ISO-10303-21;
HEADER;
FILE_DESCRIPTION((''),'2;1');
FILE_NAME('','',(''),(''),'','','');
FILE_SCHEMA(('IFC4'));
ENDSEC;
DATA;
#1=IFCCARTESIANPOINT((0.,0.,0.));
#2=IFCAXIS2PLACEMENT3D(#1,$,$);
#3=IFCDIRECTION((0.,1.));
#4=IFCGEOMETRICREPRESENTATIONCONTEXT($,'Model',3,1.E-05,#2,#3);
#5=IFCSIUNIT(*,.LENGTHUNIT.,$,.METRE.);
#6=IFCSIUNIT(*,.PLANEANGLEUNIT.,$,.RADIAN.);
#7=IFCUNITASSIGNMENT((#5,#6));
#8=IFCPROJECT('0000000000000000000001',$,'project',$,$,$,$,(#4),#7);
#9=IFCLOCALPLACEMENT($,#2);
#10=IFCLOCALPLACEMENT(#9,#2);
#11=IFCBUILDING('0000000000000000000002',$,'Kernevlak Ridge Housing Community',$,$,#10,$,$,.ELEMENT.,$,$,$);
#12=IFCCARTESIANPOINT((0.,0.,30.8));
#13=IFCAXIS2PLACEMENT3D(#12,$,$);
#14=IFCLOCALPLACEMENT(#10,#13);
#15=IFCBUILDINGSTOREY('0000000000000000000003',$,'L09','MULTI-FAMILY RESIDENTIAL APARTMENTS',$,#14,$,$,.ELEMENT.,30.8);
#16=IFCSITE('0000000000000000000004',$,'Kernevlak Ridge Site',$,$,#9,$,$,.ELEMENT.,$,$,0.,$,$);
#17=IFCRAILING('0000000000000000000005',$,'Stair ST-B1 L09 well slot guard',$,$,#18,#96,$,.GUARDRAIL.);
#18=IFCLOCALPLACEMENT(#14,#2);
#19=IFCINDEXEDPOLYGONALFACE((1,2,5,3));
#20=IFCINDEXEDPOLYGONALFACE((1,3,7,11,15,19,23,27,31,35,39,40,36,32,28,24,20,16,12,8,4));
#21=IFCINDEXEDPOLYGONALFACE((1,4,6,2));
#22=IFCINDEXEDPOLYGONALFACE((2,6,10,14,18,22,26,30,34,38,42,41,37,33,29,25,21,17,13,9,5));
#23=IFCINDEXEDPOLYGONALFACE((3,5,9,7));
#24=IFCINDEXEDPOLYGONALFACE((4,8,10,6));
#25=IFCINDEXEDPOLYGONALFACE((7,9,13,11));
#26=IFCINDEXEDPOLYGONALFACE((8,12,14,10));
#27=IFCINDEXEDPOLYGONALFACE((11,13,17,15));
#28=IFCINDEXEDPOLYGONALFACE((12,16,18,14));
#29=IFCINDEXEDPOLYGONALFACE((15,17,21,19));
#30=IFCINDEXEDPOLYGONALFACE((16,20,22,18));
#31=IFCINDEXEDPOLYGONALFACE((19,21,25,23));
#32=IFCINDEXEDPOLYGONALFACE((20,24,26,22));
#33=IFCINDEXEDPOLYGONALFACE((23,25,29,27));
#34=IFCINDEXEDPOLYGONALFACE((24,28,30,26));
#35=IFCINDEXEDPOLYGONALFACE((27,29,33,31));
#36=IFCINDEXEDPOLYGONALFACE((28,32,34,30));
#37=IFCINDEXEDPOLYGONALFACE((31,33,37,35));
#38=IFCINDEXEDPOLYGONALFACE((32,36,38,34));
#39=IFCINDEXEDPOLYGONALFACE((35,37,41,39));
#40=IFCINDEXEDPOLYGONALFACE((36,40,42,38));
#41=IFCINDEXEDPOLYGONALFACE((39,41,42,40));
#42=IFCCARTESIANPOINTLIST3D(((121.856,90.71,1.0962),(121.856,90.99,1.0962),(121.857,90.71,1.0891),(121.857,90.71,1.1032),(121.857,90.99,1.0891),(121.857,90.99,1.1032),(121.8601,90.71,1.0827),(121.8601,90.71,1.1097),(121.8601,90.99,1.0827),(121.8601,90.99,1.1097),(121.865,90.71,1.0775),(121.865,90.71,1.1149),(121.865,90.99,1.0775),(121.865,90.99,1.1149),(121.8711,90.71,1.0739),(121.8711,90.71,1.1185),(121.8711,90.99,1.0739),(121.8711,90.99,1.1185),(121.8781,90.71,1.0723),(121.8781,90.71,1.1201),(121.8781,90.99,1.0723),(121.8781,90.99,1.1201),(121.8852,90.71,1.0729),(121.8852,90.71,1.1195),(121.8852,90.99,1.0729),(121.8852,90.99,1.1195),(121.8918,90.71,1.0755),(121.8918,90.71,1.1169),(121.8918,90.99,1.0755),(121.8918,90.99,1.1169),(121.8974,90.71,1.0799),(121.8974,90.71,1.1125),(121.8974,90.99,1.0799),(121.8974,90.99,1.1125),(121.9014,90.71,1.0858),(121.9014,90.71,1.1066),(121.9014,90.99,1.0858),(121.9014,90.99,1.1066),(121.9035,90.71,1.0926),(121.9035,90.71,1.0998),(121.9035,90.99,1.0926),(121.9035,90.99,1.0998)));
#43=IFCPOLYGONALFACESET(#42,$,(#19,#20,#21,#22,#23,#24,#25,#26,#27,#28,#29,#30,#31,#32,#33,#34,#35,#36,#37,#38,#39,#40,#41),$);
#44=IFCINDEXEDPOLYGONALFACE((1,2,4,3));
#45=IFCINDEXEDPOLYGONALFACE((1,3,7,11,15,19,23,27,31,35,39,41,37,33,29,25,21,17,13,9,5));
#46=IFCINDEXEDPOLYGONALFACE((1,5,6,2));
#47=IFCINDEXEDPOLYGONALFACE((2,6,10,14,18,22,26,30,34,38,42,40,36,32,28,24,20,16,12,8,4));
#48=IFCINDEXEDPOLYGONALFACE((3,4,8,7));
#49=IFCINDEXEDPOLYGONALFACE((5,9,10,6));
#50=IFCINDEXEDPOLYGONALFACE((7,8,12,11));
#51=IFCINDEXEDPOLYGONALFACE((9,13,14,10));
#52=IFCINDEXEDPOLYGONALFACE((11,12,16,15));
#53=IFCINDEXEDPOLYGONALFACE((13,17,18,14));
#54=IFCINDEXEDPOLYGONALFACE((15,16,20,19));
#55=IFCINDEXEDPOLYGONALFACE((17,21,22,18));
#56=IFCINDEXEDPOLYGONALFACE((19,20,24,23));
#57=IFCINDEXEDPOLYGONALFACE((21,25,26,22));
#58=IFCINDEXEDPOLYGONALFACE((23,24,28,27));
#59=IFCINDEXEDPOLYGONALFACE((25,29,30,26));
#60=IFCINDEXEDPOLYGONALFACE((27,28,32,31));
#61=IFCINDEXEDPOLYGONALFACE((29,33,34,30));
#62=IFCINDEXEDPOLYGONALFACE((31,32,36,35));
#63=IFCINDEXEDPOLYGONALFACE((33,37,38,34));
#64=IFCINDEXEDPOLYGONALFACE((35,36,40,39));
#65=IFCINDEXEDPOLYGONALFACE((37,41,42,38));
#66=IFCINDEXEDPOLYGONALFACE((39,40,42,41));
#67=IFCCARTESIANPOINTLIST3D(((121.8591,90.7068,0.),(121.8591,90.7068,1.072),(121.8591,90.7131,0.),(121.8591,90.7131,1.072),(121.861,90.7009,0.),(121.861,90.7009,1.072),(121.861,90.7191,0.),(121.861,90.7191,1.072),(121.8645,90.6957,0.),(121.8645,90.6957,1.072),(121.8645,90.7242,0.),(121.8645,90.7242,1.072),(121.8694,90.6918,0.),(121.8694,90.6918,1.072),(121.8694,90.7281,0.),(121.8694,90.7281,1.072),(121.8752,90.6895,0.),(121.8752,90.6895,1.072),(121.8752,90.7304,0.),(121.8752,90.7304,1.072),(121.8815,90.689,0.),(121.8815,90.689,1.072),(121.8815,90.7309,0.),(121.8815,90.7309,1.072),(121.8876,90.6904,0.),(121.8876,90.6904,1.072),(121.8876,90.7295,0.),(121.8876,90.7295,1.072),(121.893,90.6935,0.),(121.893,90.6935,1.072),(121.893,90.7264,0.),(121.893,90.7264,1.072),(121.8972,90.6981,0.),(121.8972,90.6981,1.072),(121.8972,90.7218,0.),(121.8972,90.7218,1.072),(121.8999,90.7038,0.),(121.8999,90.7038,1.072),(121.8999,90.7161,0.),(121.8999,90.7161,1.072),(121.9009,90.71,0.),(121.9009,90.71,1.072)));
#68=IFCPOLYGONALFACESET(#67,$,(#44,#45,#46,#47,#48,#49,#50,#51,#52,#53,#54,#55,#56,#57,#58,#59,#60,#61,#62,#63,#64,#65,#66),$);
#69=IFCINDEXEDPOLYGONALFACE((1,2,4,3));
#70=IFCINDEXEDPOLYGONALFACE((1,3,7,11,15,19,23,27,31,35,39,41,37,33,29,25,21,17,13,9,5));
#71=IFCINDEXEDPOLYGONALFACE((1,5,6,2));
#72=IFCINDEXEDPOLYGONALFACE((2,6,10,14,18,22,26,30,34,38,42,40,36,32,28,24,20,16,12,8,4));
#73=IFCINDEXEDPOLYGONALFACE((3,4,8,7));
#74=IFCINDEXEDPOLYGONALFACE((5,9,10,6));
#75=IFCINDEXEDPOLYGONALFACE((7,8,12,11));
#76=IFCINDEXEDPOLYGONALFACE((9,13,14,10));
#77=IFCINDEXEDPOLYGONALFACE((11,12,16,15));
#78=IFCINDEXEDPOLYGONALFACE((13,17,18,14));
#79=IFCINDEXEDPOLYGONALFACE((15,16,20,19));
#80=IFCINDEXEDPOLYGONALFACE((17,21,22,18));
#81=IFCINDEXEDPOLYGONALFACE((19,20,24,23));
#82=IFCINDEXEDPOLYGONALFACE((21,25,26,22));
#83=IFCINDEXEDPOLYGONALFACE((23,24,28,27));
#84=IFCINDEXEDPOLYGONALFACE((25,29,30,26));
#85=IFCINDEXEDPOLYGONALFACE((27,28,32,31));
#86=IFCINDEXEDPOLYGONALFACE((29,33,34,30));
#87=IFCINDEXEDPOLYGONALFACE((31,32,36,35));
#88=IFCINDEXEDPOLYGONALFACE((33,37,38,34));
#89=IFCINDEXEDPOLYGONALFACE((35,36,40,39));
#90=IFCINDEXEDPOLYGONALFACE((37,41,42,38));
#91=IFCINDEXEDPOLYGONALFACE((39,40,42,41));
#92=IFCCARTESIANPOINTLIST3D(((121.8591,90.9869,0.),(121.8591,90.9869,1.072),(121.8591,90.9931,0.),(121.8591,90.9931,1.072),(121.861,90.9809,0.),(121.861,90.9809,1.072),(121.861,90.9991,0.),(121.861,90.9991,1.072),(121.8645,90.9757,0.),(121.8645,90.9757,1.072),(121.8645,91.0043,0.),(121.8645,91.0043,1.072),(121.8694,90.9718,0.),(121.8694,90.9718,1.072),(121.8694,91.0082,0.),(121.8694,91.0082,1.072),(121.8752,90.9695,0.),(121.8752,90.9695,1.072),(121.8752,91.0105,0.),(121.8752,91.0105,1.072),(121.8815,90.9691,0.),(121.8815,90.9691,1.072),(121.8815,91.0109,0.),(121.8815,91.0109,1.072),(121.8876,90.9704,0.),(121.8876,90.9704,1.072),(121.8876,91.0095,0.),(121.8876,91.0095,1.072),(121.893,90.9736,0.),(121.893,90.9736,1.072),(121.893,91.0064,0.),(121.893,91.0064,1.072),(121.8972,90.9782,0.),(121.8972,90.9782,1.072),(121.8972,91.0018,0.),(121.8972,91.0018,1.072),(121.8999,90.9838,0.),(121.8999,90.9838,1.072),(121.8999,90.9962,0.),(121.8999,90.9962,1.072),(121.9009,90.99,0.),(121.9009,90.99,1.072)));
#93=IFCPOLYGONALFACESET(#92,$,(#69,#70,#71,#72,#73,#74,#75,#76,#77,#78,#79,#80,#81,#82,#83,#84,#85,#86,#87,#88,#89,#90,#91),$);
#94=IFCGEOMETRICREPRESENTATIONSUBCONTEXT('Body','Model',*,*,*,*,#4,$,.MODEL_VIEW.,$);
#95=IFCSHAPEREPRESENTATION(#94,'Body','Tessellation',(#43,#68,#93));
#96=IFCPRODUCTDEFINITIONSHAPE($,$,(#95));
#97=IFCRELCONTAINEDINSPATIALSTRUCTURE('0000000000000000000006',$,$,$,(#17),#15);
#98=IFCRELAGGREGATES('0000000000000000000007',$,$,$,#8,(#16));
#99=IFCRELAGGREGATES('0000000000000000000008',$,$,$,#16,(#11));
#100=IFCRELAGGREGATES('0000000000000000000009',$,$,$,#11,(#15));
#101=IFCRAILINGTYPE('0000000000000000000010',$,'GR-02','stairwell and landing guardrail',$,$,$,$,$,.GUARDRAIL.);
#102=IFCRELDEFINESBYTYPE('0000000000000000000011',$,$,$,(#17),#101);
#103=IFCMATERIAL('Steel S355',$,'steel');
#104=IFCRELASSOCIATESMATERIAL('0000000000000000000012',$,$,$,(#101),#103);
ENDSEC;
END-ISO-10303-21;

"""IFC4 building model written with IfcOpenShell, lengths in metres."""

from ifc_helpers import new_model, si_unit, direction, frame, origin, origin_2d, place, context, subcontext, project, spatial, circle, extrude, material, type_object, element, save


model = new_model("IFC4")

# Units and contexts
model_context = context("Model", 3, precision=1e-05, world=origin(), true_north=direction((0.0, 1.0)))
body_context = subcontext(model_context, "Body", "Model", "MODEL_VIEW")
ifc_project = project(units=[si_unit("LENGTHUNIT", "METRE"), si_unit("PLANEANGLEUNIT", "RADIAN")], contexts=[model_context])

# Site, building, storey
site_placement = place(None, origin())
site = spatial("IfcSite", under=ifc_project, at=site_placement, Name="Kernevlak Ridge Site", CompositionType="ELEMENT", RefElevation=0.0)
building_placement = place(site_placement, origin())
building = spatial("IfcBuilding", under=site, at=building_placement, Name="Kernevlak Ridge Housing Community", CompositionType="ELEMENT")
storey_placement = place(building_placement, frame((0.0, 0.0, 30.8)))
storey = spatial("IfcBuildingStorey", under=building, at=storey_placement, Name="L09", Description="MULTI-FAMILY RESIDENTIAL APARTMENTS", CompositionType="ELEMENT", Elevation=30.8)

# Railing
ifc_material_1 = material(Name="Steel S355", Category="steel")
railing_type_1 = type_object("IfcRailingType", Name="GR-02", Description="stairwell and landing guardrail", PredefinedType="GUARDRAIL", material=ifc_material_1)
railing_1_placement = place(storey_placement, frame((121.8799, 90.71, 0.0)))
element("IfcRailing", 1, at=railing_1_placement, inside=storey, type_object=railing_type_1, Name="Stair ST-B1 L09 well slot guard", PredefinedType="GUARDRAIL", context=body_context, shape_type="SweptSolid", body=[
    extrude(circle(Radius=0.0239, at=origin_2d()), frame((0.0, 0.0, 1.0962), z_axis=(0.0, 1.0, 0.0), x_axis=(-1.0, 0.0, 0.0)), (0.0, 0.0, 1.0), 0.28),
    extrude(circle(Radius=0.021, at=origin_2d()), origin(), (0.0, 0.0, 1.0), 1.072),
    extrude(circle(Radius=0.021, at=origin_2d()), frame((0.0, 0.28, 0.0)), (0.0, 0.0, 1.0), 1.072),
])

save(model, "model.ifc")
